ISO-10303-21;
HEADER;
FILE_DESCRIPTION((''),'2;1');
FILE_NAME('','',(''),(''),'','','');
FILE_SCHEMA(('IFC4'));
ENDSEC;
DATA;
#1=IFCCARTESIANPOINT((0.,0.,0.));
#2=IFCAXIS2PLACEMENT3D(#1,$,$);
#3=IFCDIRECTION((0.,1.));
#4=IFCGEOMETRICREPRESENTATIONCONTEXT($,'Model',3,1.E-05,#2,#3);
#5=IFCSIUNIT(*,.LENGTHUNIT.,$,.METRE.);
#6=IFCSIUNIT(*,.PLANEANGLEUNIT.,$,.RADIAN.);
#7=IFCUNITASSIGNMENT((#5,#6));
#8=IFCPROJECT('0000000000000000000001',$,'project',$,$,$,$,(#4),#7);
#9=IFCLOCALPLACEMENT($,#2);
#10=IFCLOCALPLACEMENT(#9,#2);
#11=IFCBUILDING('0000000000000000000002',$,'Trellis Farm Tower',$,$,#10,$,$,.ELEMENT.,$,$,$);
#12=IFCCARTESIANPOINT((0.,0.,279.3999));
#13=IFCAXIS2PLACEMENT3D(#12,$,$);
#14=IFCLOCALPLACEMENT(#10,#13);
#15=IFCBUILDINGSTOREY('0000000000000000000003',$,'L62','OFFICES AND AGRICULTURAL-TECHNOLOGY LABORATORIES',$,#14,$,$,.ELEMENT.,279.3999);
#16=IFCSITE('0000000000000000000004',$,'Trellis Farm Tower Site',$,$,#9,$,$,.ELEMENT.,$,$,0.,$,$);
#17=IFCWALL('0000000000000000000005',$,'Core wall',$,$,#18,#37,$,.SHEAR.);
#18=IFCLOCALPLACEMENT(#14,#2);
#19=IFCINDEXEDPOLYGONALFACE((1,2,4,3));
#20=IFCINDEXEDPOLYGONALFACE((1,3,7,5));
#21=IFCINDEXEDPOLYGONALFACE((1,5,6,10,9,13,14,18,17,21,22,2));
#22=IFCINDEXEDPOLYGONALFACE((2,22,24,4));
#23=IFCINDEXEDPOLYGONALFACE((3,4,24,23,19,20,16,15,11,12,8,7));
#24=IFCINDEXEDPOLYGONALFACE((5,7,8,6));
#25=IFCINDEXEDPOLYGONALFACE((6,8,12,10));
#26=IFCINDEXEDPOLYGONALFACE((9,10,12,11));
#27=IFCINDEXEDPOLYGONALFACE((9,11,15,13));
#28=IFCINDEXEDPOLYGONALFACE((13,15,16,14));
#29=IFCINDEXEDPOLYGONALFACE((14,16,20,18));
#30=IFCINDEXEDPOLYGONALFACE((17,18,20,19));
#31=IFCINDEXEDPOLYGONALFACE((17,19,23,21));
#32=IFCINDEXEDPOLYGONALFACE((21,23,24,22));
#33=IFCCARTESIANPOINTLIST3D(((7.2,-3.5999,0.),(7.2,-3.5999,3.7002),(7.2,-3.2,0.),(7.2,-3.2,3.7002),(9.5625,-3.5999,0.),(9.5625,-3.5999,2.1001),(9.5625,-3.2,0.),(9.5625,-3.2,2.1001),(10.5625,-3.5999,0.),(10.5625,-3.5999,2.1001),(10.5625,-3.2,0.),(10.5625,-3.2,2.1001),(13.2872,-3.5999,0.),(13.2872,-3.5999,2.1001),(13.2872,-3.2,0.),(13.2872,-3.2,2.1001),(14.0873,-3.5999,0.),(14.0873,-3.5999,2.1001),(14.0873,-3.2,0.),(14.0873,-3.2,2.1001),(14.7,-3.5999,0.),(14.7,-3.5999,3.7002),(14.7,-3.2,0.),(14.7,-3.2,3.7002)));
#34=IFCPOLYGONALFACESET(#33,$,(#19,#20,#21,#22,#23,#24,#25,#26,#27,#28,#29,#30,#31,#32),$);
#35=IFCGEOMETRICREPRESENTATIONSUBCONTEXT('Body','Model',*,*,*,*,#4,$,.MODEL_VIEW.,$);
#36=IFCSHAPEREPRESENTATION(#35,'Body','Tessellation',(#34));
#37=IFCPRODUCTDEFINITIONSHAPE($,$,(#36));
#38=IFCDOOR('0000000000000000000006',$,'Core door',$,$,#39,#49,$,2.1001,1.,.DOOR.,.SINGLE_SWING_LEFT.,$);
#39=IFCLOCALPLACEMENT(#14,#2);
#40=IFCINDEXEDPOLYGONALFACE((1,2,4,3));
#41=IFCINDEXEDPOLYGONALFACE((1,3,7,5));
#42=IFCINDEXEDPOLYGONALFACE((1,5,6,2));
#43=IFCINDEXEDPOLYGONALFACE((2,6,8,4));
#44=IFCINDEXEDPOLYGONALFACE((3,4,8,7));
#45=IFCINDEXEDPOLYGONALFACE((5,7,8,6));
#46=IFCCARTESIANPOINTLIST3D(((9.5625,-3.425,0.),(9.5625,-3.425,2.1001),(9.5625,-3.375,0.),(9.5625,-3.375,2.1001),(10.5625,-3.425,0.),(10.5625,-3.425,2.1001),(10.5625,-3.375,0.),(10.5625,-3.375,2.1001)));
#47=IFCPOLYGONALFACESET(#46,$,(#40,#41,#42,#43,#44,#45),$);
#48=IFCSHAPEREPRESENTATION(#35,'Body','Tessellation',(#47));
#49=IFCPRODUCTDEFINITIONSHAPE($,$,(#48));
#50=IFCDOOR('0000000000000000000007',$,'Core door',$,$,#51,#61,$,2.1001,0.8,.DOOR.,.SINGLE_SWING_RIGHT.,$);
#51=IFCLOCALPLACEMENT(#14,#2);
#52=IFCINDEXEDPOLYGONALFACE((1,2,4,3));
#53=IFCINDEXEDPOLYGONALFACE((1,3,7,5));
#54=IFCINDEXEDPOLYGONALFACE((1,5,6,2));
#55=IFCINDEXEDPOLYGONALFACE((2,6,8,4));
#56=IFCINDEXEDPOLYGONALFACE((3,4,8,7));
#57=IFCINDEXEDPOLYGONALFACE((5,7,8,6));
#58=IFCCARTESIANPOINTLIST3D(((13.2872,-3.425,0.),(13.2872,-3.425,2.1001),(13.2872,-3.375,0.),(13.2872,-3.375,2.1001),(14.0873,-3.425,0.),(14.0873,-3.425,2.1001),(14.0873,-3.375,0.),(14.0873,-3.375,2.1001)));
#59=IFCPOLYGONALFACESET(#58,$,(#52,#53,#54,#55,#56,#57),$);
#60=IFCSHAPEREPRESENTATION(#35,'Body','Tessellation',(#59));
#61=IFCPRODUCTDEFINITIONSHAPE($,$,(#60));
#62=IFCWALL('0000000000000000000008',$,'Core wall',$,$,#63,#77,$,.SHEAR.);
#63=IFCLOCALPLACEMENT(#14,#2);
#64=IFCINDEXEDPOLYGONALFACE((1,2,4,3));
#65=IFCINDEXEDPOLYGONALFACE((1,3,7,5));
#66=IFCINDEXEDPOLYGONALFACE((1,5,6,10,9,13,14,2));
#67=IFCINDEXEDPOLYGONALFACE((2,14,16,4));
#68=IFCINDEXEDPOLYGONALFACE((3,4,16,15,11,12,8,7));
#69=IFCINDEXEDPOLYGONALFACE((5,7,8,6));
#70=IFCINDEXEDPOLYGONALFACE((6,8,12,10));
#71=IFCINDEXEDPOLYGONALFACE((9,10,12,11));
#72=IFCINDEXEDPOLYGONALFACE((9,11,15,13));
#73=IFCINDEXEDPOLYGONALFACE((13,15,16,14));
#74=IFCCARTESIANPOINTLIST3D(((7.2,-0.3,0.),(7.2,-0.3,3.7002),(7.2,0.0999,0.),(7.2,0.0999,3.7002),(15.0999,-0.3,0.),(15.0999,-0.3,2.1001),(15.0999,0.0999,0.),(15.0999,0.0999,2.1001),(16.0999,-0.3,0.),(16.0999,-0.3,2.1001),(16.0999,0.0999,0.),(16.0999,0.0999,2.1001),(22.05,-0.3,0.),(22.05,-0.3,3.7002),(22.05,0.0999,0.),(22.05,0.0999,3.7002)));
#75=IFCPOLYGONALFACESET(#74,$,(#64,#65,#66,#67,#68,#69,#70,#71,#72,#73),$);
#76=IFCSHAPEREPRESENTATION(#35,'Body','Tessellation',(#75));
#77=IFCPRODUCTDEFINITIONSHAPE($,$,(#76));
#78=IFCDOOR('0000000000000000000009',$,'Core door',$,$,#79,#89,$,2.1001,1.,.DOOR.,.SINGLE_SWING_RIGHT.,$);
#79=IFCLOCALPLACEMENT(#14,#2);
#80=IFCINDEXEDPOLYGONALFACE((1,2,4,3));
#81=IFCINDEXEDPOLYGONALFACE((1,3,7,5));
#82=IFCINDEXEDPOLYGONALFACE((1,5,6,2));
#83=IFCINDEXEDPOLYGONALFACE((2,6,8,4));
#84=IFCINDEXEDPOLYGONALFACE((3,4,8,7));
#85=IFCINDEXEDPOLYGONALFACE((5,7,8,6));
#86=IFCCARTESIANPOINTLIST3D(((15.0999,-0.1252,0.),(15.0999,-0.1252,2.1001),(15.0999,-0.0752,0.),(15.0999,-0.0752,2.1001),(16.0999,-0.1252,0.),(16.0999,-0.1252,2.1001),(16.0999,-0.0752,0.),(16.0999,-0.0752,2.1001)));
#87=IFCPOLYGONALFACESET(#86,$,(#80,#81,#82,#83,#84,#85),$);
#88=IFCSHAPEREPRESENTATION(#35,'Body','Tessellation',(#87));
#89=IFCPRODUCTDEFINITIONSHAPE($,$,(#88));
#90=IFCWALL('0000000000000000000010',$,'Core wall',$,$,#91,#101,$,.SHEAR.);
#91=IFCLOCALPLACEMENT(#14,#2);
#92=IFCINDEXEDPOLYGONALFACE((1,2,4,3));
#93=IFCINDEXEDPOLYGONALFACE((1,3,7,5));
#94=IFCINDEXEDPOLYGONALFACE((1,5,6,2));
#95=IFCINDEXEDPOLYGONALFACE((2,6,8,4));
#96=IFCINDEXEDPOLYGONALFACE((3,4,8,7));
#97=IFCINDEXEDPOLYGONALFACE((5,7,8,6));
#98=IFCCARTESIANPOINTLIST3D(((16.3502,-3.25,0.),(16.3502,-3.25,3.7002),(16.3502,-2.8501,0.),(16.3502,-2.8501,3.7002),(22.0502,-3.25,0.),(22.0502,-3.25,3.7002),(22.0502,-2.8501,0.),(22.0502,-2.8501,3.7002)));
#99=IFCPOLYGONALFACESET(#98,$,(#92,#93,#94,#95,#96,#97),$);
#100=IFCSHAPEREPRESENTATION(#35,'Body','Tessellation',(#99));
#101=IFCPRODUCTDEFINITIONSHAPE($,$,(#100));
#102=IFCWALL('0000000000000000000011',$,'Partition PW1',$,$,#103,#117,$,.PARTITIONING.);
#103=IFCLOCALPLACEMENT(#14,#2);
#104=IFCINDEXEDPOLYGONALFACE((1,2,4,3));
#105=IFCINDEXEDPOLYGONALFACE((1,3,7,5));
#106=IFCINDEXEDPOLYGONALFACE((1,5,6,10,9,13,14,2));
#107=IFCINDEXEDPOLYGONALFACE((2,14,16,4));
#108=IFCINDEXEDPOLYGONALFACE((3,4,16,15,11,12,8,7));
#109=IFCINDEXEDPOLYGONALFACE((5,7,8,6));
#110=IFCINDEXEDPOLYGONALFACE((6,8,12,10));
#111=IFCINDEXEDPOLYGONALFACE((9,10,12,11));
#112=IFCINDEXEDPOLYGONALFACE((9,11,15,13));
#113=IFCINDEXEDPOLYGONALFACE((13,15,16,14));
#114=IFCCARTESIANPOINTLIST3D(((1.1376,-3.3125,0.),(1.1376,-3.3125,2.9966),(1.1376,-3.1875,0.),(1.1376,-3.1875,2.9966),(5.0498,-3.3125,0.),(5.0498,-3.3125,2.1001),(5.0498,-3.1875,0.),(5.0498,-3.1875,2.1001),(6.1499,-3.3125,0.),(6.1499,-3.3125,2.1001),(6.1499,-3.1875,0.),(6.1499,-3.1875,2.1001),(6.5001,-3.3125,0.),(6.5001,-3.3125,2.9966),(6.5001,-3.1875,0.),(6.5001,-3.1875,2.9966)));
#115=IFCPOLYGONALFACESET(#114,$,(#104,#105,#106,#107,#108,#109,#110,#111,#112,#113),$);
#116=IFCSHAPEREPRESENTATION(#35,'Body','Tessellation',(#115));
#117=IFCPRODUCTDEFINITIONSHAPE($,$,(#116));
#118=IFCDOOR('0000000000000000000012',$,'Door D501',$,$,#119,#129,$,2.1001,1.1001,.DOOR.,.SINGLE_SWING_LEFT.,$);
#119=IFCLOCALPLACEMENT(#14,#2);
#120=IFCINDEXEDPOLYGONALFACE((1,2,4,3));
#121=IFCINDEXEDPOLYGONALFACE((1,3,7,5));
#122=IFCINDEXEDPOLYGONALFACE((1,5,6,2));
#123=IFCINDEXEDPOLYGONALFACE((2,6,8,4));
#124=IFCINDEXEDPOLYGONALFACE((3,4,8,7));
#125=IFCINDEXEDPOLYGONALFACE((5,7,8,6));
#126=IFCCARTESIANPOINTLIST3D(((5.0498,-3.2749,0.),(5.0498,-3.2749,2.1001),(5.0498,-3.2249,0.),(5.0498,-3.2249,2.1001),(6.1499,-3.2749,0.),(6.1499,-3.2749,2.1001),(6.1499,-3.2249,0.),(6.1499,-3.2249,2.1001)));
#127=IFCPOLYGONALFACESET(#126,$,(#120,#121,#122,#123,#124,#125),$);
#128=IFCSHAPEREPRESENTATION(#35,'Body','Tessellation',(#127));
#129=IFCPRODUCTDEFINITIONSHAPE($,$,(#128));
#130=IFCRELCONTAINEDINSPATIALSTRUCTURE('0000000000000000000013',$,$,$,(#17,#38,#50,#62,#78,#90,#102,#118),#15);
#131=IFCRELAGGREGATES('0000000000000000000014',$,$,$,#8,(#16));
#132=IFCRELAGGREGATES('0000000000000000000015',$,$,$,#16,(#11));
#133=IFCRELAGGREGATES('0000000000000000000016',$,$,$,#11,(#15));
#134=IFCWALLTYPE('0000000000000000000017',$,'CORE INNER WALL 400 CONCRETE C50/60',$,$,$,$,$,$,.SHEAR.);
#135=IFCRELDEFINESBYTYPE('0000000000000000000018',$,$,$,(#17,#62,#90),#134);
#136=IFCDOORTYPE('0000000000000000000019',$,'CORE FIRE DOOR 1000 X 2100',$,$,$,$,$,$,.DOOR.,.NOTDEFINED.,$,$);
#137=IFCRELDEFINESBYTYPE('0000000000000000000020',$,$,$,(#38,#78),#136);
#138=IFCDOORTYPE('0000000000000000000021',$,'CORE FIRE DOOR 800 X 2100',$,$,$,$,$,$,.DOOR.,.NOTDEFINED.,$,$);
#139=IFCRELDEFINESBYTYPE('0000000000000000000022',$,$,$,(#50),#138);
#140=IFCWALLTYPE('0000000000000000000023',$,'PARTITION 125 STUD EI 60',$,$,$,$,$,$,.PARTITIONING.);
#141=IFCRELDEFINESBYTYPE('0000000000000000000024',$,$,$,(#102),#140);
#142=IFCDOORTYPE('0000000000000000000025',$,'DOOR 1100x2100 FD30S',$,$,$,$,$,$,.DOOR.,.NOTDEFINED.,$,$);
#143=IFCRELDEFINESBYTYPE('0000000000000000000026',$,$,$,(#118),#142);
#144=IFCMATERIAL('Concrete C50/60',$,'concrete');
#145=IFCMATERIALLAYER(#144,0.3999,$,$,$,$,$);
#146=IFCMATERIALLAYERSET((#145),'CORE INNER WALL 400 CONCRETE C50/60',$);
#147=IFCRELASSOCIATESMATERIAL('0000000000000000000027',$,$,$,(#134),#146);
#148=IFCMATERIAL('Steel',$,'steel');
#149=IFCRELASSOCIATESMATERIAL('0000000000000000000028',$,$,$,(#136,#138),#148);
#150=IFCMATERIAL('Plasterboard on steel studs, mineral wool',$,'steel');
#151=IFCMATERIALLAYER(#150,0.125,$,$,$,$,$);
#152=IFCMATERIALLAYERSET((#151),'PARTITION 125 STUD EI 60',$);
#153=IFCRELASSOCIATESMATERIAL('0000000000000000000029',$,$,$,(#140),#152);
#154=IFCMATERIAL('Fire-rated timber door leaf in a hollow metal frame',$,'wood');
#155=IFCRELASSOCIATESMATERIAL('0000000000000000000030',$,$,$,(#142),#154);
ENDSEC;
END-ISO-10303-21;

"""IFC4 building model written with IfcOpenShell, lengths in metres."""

from ifc_helpers import new_model, si_unit, direction, frame, frame_2d, origin, place, context, subcontext, project, spatial, rectangle, extrude, source, transform, mapped, material, layer, layer_set, type_object, element, fill, save


model = new_model("IFC4")

# Units and contexts
model_context = context("Model", 3, precision=1e-05, world=origin(), true_north=direction((0.0, 1.0)))
body_context = subcontext(model_context, "Body", "Model", "MODEL_VIEW")
ifc_project = project(units=[si_unit("LENGTHUNIT", "METRE"), si_unit("PLANEANGLEUNIT", "RADIAN")], contexts=[model_context])

# Site, building, storey
site_placement = place(None, origin())
site = spatial("IfcSite", under=ifc_project, at=site_placement, Name="Trellis Farm Tower Site", CompositionType="ELEMENT", RefElevation=0.0)
building_placement = place(site_placement, origin())
building = spatial("IfcBuilding", under=site, at=building_placement, Name="Trellis Farm Tower", CompositionType="ELEMENT")
storey_placement = place(building_placement, frame((0.0, 0.0, 279.3999)))
storey = spatial("IfcBuildingStorey", under=building, at=storey_placement, Name="L62", Description="OFFICES AND AGRICULTURAL-TECHNOLOGY LABORATORIES", CompositionType="ELEMENT", Elevation=279.3999)

# Wall, openings, doors
ifc_material_1 = material(Name="Concrete C50/60", Category="concrete")
ifc_layer_1 = layer(ifc_material_1, 0.3999)
ifc_layer_set_1 = layer_set([ifc_layer_1], Name="CORE INNER WALL 400 CONCRETE C50/60")
wall_type_1 = type_object("IfcWallType", Name="CORE INNER WALL 400 CONCRETE C50/60", PredefinedType="SHEAR", material=ifc_layer_set_1)
shared_shape_1 = source(origin(), body_context, "Body", "SweptSolid", [
    extrude(rectangle(XDim=7.5, YDim=0.3999, at=frame_2d((3.75, 0.0))), origin(), (0.0, 0.0, 1.0), 3.7002),
])
wall_1_placement = place(storey_placement, frame((7.2, -3.3999, 0.0), z_axis=(0.0, 0.0, 1.0), x_axis=(1.0, 0.0, 0.0)))
wall_1 = element("IfcWall", 1, at=wall_1_placement, inside=storey, type_object=wall_type_1, Name="Core wall", PredefinedType="SHEAR", context=body_context, shape_type="MappedRepresentation", body=[
    mapped(shared_shape_1, transform((0.0, 0.0, 0.0))),
])
shared_shape_2 = source(origin(), body_context, "Body", "SweptSolid", [
    extrude(rectangle(XDim=1.0, YDim=2.1001, at=frame_2d((0.5, 1.05))), frame((0.0, 0.21, 0.0), z_axis=(0.0, -1.0, 0.0), x_axis=(1.0, 0.0, 0.0)), (0.0, 0.0, 1.0), 0.4199),
])
opening_1_placement = place(wall_1_placement, frame((2.3625, 0.0, 0.0)))
opening_1 = element("IfcOpeningElement", 2, at=opening_1_placement, cuts=wall_1, PredefinedType="OPENING", context=body_context, shape_type="MappedRepresentation", body=[
    mapped(shared_shape_2, transform((0.0, 0.0, 0.0))),
])
shared_shape_3 = source(origin(), body_context, "Body", "SweptSolid", [
    extrude(rectangle(XDim=0.8, YDim=2.1001, at=frame_2d((0.3999, 1.05))), frame((0.0, 0.21, 0.0), z_axis=(0.0, -1.0, 0.0), x_axis=(1.0, 0.0, 0.0)), (0.0, 0.0, 1.0), 0.4199),
])
opening_2_placement = place(wall_1_placement, frame((6.0874, 0.0, 0.0)))
opening_2 = element("IfcOpeningElement", 3, at=opening_2_placement, cuts=wall_1, PredefinedType="OPENING", context=body_context, shape_type="MappedRepresentation", body=[
    mapped(shared_shape_3, transform((0.0, 0.0, 0.0))),
])
ifc_material_2 = material(Name="Steel", Category="steel")
door_type_1 = type_object("IfcDoorType", Name="CORE FIRE DOOR 1000 X 2100", OperationType="NOTDEFINED", PredefinedType="DOOR", material=ifc_material_2)
shared_shape_4 = source(origin(), body_context, "Body", "SweptSolid", [
    extrude(rectangle(XDim=1.0, YDim=2.1001, at=frame_2d((0.5, 1.05))), frame((0.0, 0.0249, 0.0), z_axis=(0.0, -1.0, 0.0), x_axis=(1.0, 0.0, 0.0)), (0.0, 0.0, 1.0), 0.05),
])
door_1_placement = place(opening_1_placement, origin())
door_1 = element("IfcDoor", 4, at=door_1_placement, inside=storey, type_object=door_type_1, Name="Core door", OperationType="SINGLE_SWING_LEFT", OverallHeight=2.1001, OverallWidth=1.0, PredefinedType="DOOR", context=body_context, shape_type="MappedRepresentation", body=[
    mapped(shared_shape_4, transform((0.0, 0.0, 0.0))),
])
fill(opening_1, door_1)
door_type_2 = type_object("IfcDoorType", Name="CORE FIRE DOOR 800 X 2100", OperationType="NOTDEFINED", PredefinedType="DOOR", material=ifc_material_2)
shared_shape_5 = source(origin(), body_context, "Body", "SweptSolid", [
    extrude(rectangle(XDim=0.8, YDim=2.1001, at=frame_2d((0.3999, 1.05))), frame((0.0, 0.0249, 0.0), z_axis=(0.0, -1.0, 0.0), x_axis=(1.0, 0.0, 0.0)), (0.0, 0.0, 1.0), 0.05),
])
door_2_placement = place(opening_2_placement, origin())
door_2 = element("IfcDoor", 5, at=door_2_placement, inside=storey, type_object=door_type_2, Name="Core door", OperationType="SINGLE_SWING_RIGHT", OverallHeight=2.1001, OverallWidth=0.8, PredefinedType="DOOR", context=body_context, shape_type="MappedRepresentation", body=[
    mapped(shared_shape_5, transform((0.0, 0.0, 0.0))),
])
fill(opening_2, door_2)

# Wall, opening, door
shared_shape_6 = source(origin(), body_context, "Body", "SweptSolid", [
    extrude(rectangle(XDim=14.8501, YDim=0.3999, at=frame_2d((7.425, 0.0))), origin(), (0.0, 0.0, 1.0), 3.7002),
])
wall_2_placement = place(storey_placement, frame((7.2, -0.1001, 0.0), z_axis=(0.0, 0.0, 1.0), x_axis=(1.0, 0.0, 0.0)))
wall_2 = element("IfcWall", 6, at=wall_2_placement, inside=storey, type_object=wall_type_1, Name="Core wall", PredefinedType="SHEAR", context=body_context, shape_type="MappedRepresentation", body=[
    mapped(shared_shape_6, transform((0.0, 0.0, 0.0))),
])
opening_3_placement = place(wall_2_placement, frame((7.8999, 0.0, 0.0)))
opening_3 = element("IfcOpeningElement", 7, at=opening_3_placement, cuts=wall_2, PredefinedType="OPENING", context=body_context, shape_type="MappedRepresentation", body=[
    mapped(shared_shape_2, transform((0.0, 0.0, 0.0))),
])
door_3_placement = place(opening_3_placement, origin())
door_3 = element("IfcDoor", 8, at=door_3_placement, inside=storey, type_object=door_type_1, Name="Core door", OperationType="SINGLE_SWING_RIGHT", OverallHeight=2.1001, OverallWidth=1.0, PredefinedType="DOOR", context=body_context, shape_type="MappedRepresentation", body=[
    mapped(shared_shape_4, transform((0.0, 0.0, 0.0))),
])
fill(opening_3, door_3)

# Wall
shared_shape_7 = source(origin(), body_context, "Body", "SweptSolid", [
    extrude(rectangle(XDim=5.7, YDim=0.3999, at=frame_2d((2.8501, 0.0))), origin(), (0.0, 0.0, 1.0), 3.7002),
])
wall_3_placement = place(storey_placement, frame((16.3501, -3.05, 0.0), z_axis=(0.0, 0.0, 1.0), x_axis=(1.0, 0.0, 0.0)))
element("IfcWall", 9, at=wall_3_placement, inside=storey, type_object=wall_type_1, Name="Core wall", PredefinedType="SHEAR", context=body_context, shape_type="MappedRepresentation", body=[
    mapped(shared_shape_7, transform((0.0, 0.0, 0.0))),
])

# Wall, opening, door
ifc_material_3 = material(Name="Plasterboard on steel studs, mineral wool", Category="steel")
ifc_layer_2 = layer(ifc_material_3, 0.125)
ifc_layer_set_2 = layer_set([ifc_layer_2], Name="PARTITION 125 STUD EI 60")
wall_type_2 = type_object("IfcWallType", Name="PARTITION 125 STUD EI 60", PredefinedType="PARTITIONING", material=ifc_layer_set_2)
shared_shape_8 = source(origin(), body_context, "Body", "SweptSolid", [
    extrude(rectangle(XDim=5.3625, YDim=0.125, at=frame_2d((2.6812, 0.0))), origin(), (0.0, 0.0, 1.0), 2.9966),
])
wall_4_placement = place(storey_placement, frame((6.5, -3.25, 0.0), z_axis=(0.0, 0.0, 1.0), x_axis=(-1.0, 0.0, 0.0)))
wall_4 = element("IfcWall", 10, at=wall_4_placement, inside=storey, type_object=wall_type_2, Name="Partition PW1", PredefinedType="PARTITIONING", context=body_context, shape_type="MappedRepresentation", body=[
    mapped(shared_shape_8, transform((0.0, 0.0, 0.0))),
])
shared_shape_9 = source(origin(), body_context, "Body", "SweptSolid", [
    extrude(rectangle(XDim=1.1001, YDim=2.1001, at=frame_2d((0.55, 1.05))), frame((0.0, 0.0725, 0.0), z_axis=(0.0, -1.0, 0.0), x_axis=(1.0, 0.0, 0.0)), (0.0, 0.0, 1.0), 0.145),
])
opening_4_placement = place(wall_4_placement, frame((0.3501, 0.0, 0.0)))
opening_4 = element("IfcOpeningElement", 11, at=opening_4_placement, cuts=wall_4, PredefinedType="OPENING", context=body_context, shape_type="MappedRepresentation", body=[
    mapped(shared_shape_9, transform((0.0, 0.0, 0.0))),
])
ifc_material_4 = material(Name="Fire-rated timber door leaf in a hollow metal frame", Category="wood")
door_type_3 = type_object("IfcDoorType", Name="DOOR 1100x2100 FD30S", OperationType="NOTDEFINED", PredefinedType="DOOR", material=ifc_material_4)
shared_shape_10 = source(origin(), body_context, "Body", "SweptSolid", [
    extrude(rectangle(XDim=1.1001, YDim=2.1001, at=frame_2d((0.55, 1.05))), frame((0.0, 0.0249, 0.0), z_axis=(0.0, -1.0, 0.0), x_axis=(1.0, 0.0, 0.0)), (0.0, 0.0, 1.0), 0.05),
])
door_4_placement = place(opening_4_placement, origin())
door_4 = element("IfcDoor", 12, at=door_4_placement, inside=storey, type_object=door_type_3, Name="Door D501", OperationType="SINGLE_SWING_LEFT", OverallHeight=2.1001, OverallWidth=1.1001, PredefinedType="DOOR", context=body_context, shape_type="MappedRepresentation", body=[
    mapped(shared_shape_10, transform((0.0, 0.0, 0.0))),
])
fill(opening_4, door_4)

save(model, "model.ifc")
